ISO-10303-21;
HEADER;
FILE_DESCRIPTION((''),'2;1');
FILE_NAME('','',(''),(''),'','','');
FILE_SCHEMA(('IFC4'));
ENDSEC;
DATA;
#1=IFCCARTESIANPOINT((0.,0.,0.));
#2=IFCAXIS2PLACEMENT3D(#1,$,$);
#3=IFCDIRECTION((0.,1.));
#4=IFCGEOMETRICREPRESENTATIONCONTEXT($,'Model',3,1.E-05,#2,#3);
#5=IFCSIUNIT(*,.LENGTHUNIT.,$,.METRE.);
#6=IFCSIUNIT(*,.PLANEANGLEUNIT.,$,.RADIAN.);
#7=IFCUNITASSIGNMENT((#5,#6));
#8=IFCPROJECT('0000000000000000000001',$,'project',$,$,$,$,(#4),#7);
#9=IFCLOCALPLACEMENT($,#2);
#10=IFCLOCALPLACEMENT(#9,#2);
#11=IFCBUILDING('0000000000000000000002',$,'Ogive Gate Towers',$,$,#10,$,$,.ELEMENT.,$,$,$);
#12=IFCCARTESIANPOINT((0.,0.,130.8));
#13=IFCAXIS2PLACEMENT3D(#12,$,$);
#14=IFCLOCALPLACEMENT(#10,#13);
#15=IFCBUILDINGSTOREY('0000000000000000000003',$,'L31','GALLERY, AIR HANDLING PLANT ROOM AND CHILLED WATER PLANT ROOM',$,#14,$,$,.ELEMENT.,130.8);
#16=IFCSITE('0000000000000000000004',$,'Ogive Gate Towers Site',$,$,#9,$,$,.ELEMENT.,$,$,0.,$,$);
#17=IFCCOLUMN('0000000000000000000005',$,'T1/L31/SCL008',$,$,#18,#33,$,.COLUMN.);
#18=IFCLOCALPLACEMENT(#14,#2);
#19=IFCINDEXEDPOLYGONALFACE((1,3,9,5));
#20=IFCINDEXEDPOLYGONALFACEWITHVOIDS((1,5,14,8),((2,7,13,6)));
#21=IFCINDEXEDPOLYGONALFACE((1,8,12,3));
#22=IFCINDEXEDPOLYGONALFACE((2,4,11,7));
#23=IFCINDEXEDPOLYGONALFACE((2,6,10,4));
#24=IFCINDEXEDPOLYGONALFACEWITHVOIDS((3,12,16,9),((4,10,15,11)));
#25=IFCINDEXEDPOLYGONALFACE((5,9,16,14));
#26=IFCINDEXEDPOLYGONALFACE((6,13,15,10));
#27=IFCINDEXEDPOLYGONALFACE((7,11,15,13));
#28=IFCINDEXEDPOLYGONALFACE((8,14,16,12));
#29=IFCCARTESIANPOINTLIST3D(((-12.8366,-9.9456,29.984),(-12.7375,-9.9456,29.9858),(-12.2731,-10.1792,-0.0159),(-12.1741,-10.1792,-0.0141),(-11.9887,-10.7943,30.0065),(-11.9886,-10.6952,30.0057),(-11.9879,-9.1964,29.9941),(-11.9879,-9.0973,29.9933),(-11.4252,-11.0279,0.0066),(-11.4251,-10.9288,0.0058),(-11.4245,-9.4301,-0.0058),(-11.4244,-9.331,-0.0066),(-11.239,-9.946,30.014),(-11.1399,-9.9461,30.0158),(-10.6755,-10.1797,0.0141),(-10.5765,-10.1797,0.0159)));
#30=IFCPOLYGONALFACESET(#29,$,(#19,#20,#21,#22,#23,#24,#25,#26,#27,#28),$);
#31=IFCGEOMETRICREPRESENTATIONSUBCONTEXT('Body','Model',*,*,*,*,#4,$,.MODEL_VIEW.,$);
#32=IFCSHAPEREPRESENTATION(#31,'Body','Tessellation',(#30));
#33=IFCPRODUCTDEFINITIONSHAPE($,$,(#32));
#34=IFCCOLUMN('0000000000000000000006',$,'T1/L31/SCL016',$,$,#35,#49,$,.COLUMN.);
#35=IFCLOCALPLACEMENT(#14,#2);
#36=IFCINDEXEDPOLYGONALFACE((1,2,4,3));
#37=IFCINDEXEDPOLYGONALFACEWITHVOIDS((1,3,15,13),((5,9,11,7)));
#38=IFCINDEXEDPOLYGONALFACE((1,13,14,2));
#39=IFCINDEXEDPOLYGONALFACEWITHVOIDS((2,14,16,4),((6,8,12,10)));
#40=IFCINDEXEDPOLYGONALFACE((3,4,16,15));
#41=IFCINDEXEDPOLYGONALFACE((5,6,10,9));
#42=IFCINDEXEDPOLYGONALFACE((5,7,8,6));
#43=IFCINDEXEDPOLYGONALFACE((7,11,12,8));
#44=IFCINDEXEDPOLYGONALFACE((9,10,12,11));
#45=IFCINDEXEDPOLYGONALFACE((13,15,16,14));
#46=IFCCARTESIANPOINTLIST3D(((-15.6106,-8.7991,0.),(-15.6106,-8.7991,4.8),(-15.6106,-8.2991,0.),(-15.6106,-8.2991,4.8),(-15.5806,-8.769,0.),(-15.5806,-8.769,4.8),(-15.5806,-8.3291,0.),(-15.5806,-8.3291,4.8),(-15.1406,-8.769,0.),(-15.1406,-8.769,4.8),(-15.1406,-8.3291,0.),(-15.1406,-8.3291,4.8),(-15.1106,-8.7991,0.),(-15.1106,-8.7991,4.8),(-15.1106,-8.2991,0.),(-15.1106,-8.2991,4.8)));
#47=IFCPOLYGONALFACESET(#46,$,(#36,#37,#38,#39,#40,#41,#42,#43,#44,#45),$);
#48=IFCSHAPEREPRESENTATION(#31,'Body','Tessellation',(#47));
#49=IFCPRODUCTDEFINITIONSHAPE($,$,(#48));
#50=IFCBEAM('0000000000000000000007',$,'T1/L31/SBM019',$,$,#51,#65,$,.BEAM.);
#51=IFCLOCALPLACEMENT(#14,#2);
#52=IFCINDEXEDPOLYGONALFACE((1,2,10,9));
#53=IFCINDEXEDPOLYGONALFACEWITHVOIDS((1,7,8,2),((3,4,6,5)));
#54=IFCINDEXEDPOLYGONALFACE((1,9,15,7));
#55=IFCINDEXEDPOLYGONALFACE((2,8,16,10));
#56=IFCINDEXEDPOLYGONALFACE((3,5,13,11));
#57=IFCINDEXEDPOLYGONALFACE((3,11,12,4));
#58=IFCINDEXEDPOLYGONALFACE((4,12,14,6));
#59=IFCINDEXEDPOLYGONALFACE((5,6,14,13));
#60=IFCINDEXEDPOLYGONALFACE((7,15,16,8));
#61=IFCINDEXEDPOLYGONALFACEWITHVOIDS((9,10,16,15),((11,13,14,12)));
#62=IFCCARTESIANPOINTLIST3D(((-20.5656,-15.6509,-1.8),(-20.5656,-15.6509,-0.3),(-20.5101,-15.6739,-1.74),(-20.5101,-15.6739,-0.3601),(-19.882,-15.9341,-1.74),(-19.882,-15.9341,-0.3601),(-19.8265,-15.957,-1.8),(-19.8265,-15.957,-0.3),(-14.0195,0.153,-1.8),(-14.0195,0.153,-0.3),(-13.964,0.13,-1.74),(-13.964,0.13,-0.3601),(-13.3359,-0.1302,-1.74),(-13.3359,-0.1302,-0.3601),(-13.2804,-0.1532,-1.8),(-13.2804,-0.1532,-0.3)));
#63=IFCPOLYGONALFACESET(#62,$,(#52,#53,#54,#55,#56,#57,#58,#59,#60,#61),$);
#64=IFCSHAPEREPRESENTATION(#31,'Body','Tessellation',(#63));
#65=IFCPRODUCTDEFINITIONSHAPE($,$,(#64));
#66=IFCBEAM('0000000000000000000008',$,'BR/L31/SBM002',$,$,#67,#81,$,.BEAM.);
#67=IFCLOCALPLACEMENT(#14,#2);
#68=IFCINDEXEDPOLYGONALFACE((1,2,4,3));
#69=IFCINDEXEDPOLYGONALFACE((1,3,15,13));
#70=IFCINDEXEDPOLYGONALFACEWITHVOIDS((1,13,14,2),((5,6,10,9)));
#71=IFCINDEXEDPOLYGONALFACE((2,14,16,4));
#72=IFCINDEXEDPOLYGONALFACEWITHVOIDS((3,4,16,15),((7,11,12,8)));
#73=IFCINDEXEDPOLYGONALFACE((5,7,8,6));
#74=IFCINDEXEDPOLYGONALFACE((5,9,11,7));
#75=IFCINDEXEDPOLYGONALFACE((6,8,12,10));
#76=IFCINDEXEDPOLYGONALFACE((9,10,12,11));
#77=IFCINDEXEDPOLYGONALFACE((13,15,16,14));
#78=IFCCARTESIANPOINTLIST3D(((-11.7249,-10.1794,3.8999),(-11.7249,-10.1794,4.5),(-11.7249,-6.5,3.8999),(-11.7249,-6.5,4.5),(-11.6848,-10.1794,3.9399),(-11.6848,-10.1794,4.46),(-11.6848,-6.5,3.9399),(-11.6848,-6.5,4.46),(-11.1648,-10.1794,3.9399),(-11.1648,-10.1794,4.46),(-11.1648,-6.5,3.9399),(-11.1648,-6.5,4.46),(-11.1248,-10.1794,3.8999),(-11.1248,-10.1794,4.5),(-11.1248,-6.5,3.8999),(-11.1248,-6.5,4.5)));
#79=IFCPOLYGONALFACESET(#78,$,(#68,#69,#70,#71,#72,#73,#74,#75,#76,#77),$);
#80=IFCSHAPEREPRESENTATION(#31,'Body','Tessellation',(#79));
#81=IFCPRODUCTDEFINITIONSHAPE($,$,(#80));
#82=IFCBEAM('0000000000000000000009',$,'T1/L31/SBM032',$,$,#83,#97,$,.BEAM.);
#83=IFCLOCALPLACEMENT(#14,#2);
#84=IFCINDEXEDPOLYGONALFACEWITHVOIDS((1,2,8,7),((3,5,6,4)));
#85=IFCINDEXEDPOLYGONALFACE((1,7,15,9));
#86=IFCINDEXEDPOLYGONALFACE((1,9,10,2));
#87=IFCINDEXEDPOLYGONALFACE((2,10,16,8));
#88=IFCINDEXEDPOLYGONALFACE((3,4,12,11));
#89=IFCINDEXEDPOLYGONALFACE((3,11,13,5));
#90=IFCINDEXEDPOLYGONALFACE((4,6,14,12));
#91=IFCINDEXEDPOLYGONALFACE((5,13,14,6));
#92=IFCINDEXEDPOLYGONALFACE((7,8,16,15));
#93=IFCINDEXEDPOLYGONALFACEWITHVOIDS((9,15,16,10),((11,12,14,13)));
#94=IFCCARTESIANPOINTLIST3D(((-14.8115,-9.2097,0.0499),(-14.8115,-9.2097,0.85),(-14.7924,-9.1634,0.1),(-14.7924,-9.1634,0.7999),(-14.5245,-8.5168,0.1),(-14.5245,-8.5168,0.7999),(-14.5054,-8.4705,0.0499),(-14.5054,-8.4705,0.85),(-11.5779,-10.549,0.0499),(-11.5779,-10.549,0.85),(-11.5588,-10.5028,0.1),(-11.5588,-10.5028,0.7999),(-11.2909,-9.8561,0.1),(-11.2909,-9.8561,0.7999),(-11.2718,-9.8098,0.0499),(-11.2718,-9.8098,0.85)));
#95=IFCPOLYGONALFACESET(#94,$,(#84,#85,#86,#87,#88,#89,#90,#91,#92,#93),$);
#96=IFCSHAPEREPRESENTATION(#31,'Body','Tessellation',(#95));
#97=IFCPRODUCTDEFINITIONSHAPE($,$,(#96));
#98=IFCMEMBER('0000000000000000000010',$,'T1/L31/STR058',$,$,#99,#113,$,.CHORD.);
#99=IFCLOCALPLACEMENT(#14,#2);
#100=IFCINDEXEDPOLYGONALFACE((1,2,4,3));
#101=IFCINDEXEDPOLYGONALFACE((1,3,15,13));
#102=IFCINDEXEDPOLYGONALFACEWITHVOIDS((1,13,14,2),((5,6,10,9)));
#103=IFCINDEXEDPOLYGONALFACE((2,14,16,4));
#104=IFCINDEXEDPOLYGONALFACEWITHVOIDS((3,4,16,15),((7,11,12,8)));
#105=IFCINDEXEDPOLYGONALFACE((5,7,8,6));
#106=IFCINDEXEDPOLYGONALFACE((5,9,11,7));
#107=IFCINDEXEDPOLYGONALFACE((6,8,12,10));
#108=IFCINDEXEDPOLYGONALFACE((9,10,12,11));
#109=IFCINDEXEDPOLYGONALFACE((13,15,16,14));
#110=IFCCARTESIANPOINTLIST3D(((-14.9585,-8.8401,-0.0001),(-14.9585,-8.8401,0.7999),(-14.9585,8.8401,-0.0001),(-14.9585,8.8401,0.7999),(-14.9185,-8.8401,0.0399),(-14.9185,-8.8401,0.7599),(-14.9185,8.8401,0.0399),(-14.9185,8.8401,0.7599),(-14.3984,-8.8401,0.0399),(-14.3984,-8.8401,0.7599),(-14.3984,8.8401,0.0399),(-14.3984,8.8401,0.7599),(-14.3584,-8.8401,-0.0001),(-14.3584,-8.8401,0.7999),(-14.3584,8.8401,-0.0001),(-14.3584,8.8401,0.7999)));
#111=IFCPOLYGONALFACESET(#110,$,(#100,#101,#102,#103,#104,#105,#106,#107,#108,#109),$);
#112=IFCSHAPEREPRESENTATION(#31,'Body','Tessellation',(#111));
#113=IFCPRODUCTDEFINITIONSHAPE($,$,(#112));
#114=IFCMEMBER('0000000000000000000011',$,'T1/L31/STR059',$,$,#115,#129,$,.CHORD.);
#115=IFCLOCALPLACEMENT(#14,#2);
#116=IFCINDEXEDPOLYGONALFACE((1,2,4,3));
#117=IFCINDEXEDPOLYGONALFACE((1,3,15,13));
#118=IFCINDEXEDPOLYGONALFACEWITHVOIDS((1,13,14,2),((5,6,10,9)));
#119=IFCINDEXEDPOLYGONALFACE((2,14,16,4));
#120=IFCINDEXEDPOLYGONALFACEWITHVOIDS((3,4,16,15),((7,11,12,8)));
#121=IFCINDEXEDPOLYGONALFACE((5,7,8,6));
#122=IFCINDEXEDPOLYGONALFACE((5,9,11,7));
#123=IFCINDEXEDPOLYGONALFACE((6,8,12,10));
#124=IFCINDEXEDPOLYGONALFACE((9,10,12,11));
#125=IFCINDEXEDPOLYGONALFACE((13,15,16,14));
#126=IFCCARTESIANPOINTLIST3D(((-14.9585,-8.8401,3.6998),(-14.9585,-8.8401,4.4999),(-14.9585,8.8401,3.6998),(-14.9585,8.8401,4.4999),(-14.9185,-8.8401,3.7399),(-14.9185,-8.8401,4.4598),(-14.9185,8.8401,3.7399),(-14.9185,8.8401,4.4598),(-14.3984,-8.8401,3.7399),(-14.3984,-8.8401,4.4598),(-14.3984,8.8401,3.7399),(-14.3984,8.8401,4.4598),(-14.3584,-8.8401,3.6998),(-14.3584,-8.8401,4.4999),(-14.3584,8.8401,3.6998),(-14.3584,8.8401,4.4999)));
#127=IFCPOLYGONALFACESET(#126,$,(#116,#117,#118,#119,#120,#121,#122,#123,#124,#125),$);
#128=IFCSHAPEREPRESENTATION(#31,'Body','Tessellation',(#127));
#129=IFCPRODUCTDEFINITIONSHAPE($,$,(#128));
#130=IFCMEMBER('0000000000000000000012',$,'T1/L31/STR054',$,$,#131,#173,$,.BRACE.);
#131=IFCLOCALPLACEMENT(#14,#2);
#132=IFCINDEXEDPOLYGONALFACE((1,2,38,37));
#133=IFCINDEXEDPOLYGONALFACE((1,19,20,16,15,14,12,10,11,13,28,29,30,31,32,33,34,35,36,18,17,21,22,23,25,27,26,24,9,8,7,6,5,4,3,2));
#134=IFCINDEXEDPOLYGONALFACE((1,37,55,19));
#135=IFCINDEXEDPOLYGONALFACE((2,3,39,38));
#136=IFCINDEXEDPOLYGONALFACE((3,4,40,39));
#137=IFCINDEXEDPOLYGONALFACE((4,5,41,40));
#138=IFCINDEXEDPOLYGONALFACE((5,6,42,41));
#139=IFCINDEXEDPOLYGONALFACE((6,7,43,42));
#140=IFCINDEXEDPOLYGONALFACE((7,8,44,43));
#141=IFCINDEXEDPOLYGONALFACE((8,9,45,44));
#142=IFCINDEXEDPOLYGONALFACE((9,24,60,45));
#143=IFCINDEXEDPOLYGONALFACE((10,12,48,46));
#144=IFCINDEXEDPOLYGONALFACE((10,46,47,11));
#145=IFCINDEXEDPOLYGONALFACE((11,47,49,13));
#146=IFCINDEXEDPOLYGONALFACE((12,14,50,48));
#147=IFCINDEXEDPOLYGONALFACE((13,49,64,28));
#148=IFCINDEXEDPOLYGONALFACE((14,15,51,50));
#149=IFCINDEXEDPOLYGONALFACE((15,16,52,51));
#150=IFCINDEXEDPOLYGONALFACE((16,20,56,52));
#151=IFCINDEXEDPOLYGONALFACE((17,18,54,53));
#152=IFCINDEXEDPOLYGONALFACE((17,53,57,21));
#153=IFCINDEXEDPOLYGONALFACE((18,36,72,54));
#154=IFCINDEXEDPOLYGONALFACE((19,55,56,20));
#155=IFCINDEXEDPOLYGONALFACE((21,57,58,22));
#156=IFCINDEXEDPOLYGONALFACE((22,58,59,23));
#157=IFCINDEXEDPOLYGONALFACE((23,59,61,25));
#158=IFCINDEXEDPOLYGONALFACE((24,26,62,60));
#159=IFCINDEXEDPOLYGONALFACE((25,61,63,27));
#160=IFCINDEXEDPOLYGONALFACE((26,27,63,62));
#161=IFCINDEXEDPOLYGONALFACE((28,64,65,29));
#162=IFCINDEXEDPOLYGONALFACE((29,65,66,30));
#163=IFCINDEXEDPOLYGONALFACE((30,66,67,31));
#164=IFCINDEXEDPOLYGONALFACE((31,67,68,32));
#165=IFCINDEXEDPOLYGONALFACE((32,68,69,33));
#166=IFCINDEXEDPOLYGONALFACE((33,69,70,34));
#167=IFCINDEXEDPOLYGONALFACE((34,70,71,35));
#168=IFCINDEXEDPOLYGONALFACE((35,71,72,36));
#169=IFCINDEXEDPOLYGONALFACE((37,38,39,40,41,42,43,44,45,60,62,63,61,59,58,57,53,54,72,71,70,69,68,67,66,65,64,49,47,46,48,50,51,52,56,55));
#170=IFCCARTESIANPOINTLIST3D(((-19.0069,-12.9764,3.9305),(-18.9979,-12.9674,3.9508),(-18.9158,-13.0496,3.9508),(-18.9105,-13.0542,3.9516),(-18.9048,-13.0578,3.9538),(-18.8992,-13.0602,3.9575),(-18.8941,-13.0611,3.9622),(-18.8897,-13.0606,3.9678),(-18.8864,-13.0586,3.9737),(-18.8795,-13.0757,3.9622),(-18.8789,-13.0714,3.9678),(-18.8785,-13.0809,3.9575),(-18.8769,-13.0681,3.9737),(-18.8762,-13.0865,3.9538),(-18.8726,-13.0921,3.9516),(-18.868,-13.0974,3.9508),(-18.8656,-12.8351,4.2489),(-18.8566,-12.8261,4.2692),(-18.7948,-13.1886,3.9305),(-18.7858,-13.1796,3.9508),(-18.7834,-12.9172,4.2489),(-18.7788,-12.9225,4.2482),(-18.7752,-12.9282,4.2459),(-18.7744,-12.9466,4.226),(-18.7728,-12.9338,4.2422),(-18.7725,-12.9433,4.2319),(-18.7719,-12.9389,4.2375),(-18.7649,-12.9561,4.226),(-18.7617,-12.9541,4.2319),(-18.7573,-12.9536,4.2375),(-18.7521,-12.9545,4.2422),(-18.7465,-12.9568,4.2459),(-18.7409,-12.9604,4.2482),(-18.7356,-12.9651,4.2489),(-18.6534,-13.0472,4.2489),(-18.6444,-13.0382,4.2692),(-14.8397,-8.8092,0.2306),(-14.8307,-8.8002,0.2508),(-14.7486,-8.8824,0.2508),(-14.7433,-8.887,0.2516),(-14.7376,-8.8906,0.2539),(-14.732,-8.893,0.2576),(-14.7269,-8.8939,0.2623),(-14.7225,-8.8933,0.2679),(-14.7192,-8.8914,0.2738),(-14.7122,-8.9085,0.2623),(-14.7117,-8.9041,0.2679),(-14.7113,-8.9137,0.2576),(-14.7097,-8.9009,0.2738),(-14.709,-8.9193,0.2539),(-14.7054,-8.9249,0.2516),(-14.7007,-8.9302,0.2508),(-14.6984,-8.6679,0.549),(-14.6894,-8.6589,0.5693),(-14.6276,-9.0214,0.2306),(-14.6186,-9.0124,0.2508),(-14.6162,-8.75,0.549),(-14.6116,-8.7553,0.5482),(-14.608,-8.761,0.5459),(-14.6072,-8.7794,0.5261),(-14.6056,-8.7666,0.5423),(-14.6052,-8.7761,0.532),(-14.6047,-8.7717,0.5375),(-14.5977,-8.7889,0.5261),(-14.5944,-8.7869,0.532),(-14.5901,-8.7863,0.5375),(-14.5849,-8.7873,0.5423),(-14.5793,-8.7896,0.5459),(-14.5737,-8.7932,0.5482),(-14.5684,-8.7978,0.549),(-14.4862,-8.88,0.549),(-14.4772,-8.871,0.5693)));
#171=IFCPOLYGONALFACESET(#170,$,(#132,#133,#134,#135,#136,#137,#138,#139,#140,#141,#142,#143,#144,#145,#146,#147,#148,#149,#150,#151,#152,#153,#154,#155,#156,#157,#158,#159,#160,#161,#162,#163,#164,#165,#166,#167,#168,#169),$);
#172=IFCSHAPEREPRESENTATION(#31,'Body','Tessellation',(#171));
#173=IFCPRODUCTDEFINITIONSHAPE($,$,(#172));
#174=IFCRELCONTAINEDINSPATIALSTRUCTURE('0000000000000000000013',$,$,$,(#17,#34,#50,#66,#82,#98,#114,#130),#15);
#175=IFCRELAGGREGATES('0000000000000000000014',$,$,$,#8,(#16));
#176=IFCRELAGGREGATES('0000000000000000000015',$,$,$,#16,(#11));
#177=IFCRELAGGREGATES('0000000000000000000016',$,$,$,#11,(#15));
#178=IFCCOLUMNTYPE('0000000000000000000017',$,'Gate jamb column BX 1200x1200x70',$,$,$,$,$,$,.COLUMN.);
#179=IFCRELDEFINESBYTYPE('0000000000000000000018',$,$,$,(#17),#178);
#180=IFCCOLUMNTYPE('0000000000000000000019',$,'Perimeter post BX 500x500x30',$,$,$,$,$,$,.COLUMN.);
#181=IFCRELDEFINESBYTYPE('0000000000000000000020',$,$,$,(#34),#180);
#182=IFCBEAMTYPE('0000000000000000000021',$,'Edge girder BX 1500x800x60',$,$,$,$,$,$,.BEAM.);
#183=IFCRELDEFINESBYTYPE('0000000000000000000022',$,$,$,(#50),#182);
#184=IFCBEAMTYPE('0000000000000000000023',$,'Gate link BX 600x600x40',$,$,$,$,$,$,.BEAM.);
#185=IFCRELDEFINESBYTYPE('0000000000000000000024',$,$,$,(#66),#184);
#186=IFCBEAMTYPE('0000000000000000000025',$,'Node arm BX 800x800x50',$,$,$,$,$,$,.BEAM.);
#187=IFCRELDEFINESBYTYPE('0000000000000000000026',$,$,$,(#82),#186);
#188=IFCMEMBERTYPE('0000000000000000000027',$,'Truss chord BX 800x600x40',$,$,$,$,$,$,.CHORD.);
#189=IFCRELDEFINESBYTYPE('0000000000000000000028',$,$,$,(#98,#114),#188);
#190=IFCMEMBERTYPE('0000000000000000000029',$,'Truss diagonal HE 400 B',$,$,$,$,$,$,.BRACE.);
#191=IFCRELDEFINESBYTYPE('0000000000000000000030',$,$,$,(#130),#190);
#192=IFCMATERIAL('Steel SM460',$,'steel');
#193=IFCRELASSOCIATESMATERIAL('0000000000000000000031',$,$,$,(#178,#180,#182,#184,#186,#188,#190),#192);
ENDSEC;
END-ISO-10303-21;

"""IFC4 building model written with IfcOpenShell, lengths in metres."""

from ifc_helpers import new_model, si_unit, direction, frame, origin, origin_2d, place, context, subcontext, project, spatial, hollow_rectangle, i_section, extrude, material, material_profile, profile_set, type_object, element, save


model = new_model("IFC4")

# Units and contexts
model_context = context("Model", 3, precision=1e-05, world=origin(), true_north=direction((0.0, 1.0)))
body_context = subcontext(model_context, "Body", "Model", "MODEL_VIEW")
ifc_project = project(units=[si_unit("LENGTHUNIT", "METRE"), si_unit("PLANEANGLEUNIT", "RADIAN")], contexts=[model_context])

# Site, building, storey
site_placement = place(None, origin())
site = spatial("IfcSite", under=ifc_project, at=site_placement, Name="Ogive Gate Towers Site", CompositionType="ELEMENT", RefElevation=0.0)
building_placement = place(site_placement, origin())
building = spatial("IfcBuilding", under=site, at=building_placement, Name="Ogive Gate Towers", CompositionType="ELEMENT")
storey_placement = place(building_placement, frame((0.0, 0.0, 130.8)))
storey = spatial("IfcBuildingStorey", under=building, at=storey_placement, Name="L31", Description="GALLERY, AIR HANDLING PLANT ROOM AND CHILLED WATER PLANT ROOM", CompositionType="ELEMENT", Elevation=130.8)

# Columns
ifc_material_1 = material(Name="Steel SM460", Category="steel")
ifc_material_profile_1 = material_profile(ifc_material_1, hollow_rectangle(XDim=1.2, YDim=1.2, WallThickness=0.0701, at=origin_2d()), Name="BX 1200x1200x70")
ifc_profile_set_1 = profile_set([ifc_material_profile_1], Name="Steel SM460")
column_type_1 = type_object("IfcColumnType", Name="Gate jamb column BX 1200x1200x70", PredefinedType="COLUMN", material=ifc_profile_set_1)
column_1_placement = place(storey_placement, frame((-11.4248, -10.1794, 0.0), z_axis=(-0.018779, 0.007786, 0.999793), x_axis=(-0.707294, -0.706877, -0.00778)))
element("IfcColumn", 1, at=column_1_placement, inside=storey, type_object=column_type_1, Name="T1/L31/SCL008", PredefinedType="COLUMN", context=body_context, shape_type="SweptSolid", body=[
    extrude(hollow_rectangle(XDim=1.2, YDim=1.2, WallThickness=0.0701, at=origin_2d()), origin(), (0.0, 0.0, 1.0), 30.0061),
])
ifc_material_profile_2 = material_profile(ifc_material_1, hollow_rectangle(XDim=0.5, YDim=0.5, WallThickness=0.03, at=origin_2d()), Name="BX 500x500x30")
ifc_profile_set_2 = profile_set([ifc_material_profile_2], Name="Steel SM460")
column_type_2 = type_object("IfcColumnType", Name="Perimeter post BX 500x500x30", PredefinedType="COLUMN", material=ifc_profile_set_2)
column_2_placement = place(storey_placement, frame((-15.3606, -8.5491, 0.0), z_axis=(0.0, 0.0, 1.0), x_axis=(1.0, 0.0, 0.0)))
element("IfcColumn", 2, at=column_2_placement, inside=storey, type_object=column_type_2, Name="T1/L31/SCL016", PredefinedType="COLUMN", context=body_context, shape_type="SweptSolid", body=[
    extrude(hollow_rectangle(XDim=0.5, YDim=0.5, WallThickness=0.03, at=origin_2d()), origin(), (0.0, 0.0, 1.0), 4.8),
])

# Beams
ifc_material_profile_3 = material_profile(ifc_material_1, hollow_rectangle(XDim=0.8, YDim=1.5, WallThickness=0.0601, at=origin_2d()), Name="BX 1500x800x60")
ifc_profile_set_3 = profile_set([ifc_material_profile_3], Name="Steel SM460")
beam_type_1 = type_object("IfcBeamType", Name="Edge girder BX 1500x800x60", PredefinedType="BEAM", material=ifc_profile_set_3)
beam_1_placement = place(storey_placement, frame((-20.196, -15.804, -1.05), z_axis=(0.38268, 0.923881, 0.0), x_axis=(-0.923881, 0.38268, 0.0)))
element("IfcBeam", 3, at=beam_1_placement, inside=storey, type_object=beam_type_1, Name="T1/L31/SBM019", PredefinedType="BEAM", context=body_context, shape_type="SweptSolid", body=[
    extrude(hollow_rectangle(XDim=0.8, YDim=1.5, WallThickness=0.0601, at=origin_2d()), origin(), (0.0, 0.0, 1.0), 17.106),
])
ifc_material_profile_4 = material_profile(ifc_material_1, hollow_rectangle(XDim=0.6001, YDim=0.6001, WallThickness=0.04, at=origin_2d()), Name="BX 600x600x40")
ifc_profile_set_4 = profile_set([ifc_material_profile_4], Name="Steel SM460")
beam_type_2 = type_object("IfcBeamType", Name="Gate link BX 600x600x40", PredefinedType="BEAM", material=ifc_profile_set_4)
beam_2_placement = place(storey_placement, frame((-11.4248, -6.5, 4.2), z_axis=(0.0, -1.0, 0.0), x_axis=(1.0, 0.0, 0.0)))
element("IfcBeam", 4, at=beam_2_placement, inside=storey, type_object=beam_type_2, Name="BR/L31/SBM002", PredefinedType="BEAM", context=body_context, shape_type="SweptSolid", body=[
    extrude(hollow_rectangle(XDim=0.6001, YDim=0.6001, WallThickness=0.04, at=origin_2d()), origin(), (0.0, 0.0, 1.0), 3.6794),
])
ifc_material_profile_5 = material_profile(ifc_material_1, hollow_rectangle(XDim=0.8, YDim=0.8, WallThickness=0.05, at=origin_2d()), Name="BX 800x800x50")
ifc_profile_set_5 = profile_set([ifc_material_profile_5], Name="Steel SM460")
beam_type_3 = type_object("IfcBeamType", Name="Node arm BX 800x800x50", PredefinedType="BEAM", material=ifc_profile_set_5)
beam_3_placement = place(storey_placement, frame((-14.6584, -8.8401, 0.45), z_axis=(0.923886, -0.382668, 0.0), x_axis=(0.382668, 0.923886, 0.0)))
element("IfcBeam", 5, at=beam_3_placement, inside=storey, type_object=beam_type_3, Name="T1/L31/SBM032", PredefinedType="BEAM", context=body_context, shape_type="SweptSolid", body=[
    extrude(hollow_rectangle(XDim=0.8, YDim=0.8, WallThickness=0.05, at=origin_2d()), origin(), (0.0, 0.0, 1.0), 3.5),
])

# Members
ifc_material_profile_6 = material_profile(ifc_material_1, hollow_rectangle(XDim=0.6001, YDim=0.8, WallThickness=0.04, at=origin_2d()), Name="BX 800x600x40")
ifc_profile_set_6 = profile_set([ifc_material_profile_6], Name="Steel SM460")
member_type_1 = type_object("IfcMemberType", Name="Truss chord BX 800x600x40", PredefinedType="CHORD", material=ifc_profile_set_6)
for number, where, z_axis, x_axis, name in (
    (6, (-14.6584, -8.8401, 0.3999), (0.0, 1.0, 0.0), (-1.0, 0.0, 0.0), "T1/L31/STR058"),
    (7, (-14.6584, -8.8401, 4.0999), (0.0, 1.0, 0.0), (-1.0, 0.0, 0.0), "T1/L31/STR059"),
):
    element("IfcMember", number, at=place(storey_placement, frame(where, z_axis=z_axis, x_axis=x_axis)), inside=storey, type_object=member_type_1, Name=name, PredefinedType="CHORD", context=body_context, shape_type="SweptSolid", body=[
        extrude(hollow_rectangle(XDim=0.6001, YDim=0.8, WallThickness=0.04, at=origin_2d()), origin(), (0.0, 0.0, 1.0), 17.6802),
    ])
ifc_material_profile_7 = material_profile(ifc_material_1, i_section(OverallWidth=0.3, OverallDepth=0.3999, WebThickness=0.0134, FlangeThickness=0.0239, FilletRadius=0.0271, at=origin_2d()), Name="HE 400 B")
ifc_profile_set_7 = profile_set([ifc_material_profile_7], Name="Steel SM460")
member_type_2 = type_object("IfcMemberType", Name="Truss diagonal HE 400 B", PredefinedType="BRACE", material=ifc_profile_set_7)
for number, where, z_axis, x_axis, name in (
    (8, (-18.8257, -13.0073, 4.0999), (0.598866, 0.598866, -0.531713), (-0.707107, 0.707107, 0.0), "T1/L31/STR054"),
):
    element("IfcMember", number, at=place(storey_placement, frame(where, z_axis=z_axis, x_axis=x_axis)), inside=storey, type_object=member_type_2, Name=name, PredefinedType="BRACE", context=body_context, shape_type="SweptSolid", body=[
        extrude(i_section(OverallWidth=0.3, OverallDepth=0.3999, WebThickness=0.0134, FlangeThickness=0.0239, FilletRadius=0.0271, at=origin_2d()), origin(), (0.0, 0.0, 1.0), 6.9585),
    ])

save(model, "model.ifc")
